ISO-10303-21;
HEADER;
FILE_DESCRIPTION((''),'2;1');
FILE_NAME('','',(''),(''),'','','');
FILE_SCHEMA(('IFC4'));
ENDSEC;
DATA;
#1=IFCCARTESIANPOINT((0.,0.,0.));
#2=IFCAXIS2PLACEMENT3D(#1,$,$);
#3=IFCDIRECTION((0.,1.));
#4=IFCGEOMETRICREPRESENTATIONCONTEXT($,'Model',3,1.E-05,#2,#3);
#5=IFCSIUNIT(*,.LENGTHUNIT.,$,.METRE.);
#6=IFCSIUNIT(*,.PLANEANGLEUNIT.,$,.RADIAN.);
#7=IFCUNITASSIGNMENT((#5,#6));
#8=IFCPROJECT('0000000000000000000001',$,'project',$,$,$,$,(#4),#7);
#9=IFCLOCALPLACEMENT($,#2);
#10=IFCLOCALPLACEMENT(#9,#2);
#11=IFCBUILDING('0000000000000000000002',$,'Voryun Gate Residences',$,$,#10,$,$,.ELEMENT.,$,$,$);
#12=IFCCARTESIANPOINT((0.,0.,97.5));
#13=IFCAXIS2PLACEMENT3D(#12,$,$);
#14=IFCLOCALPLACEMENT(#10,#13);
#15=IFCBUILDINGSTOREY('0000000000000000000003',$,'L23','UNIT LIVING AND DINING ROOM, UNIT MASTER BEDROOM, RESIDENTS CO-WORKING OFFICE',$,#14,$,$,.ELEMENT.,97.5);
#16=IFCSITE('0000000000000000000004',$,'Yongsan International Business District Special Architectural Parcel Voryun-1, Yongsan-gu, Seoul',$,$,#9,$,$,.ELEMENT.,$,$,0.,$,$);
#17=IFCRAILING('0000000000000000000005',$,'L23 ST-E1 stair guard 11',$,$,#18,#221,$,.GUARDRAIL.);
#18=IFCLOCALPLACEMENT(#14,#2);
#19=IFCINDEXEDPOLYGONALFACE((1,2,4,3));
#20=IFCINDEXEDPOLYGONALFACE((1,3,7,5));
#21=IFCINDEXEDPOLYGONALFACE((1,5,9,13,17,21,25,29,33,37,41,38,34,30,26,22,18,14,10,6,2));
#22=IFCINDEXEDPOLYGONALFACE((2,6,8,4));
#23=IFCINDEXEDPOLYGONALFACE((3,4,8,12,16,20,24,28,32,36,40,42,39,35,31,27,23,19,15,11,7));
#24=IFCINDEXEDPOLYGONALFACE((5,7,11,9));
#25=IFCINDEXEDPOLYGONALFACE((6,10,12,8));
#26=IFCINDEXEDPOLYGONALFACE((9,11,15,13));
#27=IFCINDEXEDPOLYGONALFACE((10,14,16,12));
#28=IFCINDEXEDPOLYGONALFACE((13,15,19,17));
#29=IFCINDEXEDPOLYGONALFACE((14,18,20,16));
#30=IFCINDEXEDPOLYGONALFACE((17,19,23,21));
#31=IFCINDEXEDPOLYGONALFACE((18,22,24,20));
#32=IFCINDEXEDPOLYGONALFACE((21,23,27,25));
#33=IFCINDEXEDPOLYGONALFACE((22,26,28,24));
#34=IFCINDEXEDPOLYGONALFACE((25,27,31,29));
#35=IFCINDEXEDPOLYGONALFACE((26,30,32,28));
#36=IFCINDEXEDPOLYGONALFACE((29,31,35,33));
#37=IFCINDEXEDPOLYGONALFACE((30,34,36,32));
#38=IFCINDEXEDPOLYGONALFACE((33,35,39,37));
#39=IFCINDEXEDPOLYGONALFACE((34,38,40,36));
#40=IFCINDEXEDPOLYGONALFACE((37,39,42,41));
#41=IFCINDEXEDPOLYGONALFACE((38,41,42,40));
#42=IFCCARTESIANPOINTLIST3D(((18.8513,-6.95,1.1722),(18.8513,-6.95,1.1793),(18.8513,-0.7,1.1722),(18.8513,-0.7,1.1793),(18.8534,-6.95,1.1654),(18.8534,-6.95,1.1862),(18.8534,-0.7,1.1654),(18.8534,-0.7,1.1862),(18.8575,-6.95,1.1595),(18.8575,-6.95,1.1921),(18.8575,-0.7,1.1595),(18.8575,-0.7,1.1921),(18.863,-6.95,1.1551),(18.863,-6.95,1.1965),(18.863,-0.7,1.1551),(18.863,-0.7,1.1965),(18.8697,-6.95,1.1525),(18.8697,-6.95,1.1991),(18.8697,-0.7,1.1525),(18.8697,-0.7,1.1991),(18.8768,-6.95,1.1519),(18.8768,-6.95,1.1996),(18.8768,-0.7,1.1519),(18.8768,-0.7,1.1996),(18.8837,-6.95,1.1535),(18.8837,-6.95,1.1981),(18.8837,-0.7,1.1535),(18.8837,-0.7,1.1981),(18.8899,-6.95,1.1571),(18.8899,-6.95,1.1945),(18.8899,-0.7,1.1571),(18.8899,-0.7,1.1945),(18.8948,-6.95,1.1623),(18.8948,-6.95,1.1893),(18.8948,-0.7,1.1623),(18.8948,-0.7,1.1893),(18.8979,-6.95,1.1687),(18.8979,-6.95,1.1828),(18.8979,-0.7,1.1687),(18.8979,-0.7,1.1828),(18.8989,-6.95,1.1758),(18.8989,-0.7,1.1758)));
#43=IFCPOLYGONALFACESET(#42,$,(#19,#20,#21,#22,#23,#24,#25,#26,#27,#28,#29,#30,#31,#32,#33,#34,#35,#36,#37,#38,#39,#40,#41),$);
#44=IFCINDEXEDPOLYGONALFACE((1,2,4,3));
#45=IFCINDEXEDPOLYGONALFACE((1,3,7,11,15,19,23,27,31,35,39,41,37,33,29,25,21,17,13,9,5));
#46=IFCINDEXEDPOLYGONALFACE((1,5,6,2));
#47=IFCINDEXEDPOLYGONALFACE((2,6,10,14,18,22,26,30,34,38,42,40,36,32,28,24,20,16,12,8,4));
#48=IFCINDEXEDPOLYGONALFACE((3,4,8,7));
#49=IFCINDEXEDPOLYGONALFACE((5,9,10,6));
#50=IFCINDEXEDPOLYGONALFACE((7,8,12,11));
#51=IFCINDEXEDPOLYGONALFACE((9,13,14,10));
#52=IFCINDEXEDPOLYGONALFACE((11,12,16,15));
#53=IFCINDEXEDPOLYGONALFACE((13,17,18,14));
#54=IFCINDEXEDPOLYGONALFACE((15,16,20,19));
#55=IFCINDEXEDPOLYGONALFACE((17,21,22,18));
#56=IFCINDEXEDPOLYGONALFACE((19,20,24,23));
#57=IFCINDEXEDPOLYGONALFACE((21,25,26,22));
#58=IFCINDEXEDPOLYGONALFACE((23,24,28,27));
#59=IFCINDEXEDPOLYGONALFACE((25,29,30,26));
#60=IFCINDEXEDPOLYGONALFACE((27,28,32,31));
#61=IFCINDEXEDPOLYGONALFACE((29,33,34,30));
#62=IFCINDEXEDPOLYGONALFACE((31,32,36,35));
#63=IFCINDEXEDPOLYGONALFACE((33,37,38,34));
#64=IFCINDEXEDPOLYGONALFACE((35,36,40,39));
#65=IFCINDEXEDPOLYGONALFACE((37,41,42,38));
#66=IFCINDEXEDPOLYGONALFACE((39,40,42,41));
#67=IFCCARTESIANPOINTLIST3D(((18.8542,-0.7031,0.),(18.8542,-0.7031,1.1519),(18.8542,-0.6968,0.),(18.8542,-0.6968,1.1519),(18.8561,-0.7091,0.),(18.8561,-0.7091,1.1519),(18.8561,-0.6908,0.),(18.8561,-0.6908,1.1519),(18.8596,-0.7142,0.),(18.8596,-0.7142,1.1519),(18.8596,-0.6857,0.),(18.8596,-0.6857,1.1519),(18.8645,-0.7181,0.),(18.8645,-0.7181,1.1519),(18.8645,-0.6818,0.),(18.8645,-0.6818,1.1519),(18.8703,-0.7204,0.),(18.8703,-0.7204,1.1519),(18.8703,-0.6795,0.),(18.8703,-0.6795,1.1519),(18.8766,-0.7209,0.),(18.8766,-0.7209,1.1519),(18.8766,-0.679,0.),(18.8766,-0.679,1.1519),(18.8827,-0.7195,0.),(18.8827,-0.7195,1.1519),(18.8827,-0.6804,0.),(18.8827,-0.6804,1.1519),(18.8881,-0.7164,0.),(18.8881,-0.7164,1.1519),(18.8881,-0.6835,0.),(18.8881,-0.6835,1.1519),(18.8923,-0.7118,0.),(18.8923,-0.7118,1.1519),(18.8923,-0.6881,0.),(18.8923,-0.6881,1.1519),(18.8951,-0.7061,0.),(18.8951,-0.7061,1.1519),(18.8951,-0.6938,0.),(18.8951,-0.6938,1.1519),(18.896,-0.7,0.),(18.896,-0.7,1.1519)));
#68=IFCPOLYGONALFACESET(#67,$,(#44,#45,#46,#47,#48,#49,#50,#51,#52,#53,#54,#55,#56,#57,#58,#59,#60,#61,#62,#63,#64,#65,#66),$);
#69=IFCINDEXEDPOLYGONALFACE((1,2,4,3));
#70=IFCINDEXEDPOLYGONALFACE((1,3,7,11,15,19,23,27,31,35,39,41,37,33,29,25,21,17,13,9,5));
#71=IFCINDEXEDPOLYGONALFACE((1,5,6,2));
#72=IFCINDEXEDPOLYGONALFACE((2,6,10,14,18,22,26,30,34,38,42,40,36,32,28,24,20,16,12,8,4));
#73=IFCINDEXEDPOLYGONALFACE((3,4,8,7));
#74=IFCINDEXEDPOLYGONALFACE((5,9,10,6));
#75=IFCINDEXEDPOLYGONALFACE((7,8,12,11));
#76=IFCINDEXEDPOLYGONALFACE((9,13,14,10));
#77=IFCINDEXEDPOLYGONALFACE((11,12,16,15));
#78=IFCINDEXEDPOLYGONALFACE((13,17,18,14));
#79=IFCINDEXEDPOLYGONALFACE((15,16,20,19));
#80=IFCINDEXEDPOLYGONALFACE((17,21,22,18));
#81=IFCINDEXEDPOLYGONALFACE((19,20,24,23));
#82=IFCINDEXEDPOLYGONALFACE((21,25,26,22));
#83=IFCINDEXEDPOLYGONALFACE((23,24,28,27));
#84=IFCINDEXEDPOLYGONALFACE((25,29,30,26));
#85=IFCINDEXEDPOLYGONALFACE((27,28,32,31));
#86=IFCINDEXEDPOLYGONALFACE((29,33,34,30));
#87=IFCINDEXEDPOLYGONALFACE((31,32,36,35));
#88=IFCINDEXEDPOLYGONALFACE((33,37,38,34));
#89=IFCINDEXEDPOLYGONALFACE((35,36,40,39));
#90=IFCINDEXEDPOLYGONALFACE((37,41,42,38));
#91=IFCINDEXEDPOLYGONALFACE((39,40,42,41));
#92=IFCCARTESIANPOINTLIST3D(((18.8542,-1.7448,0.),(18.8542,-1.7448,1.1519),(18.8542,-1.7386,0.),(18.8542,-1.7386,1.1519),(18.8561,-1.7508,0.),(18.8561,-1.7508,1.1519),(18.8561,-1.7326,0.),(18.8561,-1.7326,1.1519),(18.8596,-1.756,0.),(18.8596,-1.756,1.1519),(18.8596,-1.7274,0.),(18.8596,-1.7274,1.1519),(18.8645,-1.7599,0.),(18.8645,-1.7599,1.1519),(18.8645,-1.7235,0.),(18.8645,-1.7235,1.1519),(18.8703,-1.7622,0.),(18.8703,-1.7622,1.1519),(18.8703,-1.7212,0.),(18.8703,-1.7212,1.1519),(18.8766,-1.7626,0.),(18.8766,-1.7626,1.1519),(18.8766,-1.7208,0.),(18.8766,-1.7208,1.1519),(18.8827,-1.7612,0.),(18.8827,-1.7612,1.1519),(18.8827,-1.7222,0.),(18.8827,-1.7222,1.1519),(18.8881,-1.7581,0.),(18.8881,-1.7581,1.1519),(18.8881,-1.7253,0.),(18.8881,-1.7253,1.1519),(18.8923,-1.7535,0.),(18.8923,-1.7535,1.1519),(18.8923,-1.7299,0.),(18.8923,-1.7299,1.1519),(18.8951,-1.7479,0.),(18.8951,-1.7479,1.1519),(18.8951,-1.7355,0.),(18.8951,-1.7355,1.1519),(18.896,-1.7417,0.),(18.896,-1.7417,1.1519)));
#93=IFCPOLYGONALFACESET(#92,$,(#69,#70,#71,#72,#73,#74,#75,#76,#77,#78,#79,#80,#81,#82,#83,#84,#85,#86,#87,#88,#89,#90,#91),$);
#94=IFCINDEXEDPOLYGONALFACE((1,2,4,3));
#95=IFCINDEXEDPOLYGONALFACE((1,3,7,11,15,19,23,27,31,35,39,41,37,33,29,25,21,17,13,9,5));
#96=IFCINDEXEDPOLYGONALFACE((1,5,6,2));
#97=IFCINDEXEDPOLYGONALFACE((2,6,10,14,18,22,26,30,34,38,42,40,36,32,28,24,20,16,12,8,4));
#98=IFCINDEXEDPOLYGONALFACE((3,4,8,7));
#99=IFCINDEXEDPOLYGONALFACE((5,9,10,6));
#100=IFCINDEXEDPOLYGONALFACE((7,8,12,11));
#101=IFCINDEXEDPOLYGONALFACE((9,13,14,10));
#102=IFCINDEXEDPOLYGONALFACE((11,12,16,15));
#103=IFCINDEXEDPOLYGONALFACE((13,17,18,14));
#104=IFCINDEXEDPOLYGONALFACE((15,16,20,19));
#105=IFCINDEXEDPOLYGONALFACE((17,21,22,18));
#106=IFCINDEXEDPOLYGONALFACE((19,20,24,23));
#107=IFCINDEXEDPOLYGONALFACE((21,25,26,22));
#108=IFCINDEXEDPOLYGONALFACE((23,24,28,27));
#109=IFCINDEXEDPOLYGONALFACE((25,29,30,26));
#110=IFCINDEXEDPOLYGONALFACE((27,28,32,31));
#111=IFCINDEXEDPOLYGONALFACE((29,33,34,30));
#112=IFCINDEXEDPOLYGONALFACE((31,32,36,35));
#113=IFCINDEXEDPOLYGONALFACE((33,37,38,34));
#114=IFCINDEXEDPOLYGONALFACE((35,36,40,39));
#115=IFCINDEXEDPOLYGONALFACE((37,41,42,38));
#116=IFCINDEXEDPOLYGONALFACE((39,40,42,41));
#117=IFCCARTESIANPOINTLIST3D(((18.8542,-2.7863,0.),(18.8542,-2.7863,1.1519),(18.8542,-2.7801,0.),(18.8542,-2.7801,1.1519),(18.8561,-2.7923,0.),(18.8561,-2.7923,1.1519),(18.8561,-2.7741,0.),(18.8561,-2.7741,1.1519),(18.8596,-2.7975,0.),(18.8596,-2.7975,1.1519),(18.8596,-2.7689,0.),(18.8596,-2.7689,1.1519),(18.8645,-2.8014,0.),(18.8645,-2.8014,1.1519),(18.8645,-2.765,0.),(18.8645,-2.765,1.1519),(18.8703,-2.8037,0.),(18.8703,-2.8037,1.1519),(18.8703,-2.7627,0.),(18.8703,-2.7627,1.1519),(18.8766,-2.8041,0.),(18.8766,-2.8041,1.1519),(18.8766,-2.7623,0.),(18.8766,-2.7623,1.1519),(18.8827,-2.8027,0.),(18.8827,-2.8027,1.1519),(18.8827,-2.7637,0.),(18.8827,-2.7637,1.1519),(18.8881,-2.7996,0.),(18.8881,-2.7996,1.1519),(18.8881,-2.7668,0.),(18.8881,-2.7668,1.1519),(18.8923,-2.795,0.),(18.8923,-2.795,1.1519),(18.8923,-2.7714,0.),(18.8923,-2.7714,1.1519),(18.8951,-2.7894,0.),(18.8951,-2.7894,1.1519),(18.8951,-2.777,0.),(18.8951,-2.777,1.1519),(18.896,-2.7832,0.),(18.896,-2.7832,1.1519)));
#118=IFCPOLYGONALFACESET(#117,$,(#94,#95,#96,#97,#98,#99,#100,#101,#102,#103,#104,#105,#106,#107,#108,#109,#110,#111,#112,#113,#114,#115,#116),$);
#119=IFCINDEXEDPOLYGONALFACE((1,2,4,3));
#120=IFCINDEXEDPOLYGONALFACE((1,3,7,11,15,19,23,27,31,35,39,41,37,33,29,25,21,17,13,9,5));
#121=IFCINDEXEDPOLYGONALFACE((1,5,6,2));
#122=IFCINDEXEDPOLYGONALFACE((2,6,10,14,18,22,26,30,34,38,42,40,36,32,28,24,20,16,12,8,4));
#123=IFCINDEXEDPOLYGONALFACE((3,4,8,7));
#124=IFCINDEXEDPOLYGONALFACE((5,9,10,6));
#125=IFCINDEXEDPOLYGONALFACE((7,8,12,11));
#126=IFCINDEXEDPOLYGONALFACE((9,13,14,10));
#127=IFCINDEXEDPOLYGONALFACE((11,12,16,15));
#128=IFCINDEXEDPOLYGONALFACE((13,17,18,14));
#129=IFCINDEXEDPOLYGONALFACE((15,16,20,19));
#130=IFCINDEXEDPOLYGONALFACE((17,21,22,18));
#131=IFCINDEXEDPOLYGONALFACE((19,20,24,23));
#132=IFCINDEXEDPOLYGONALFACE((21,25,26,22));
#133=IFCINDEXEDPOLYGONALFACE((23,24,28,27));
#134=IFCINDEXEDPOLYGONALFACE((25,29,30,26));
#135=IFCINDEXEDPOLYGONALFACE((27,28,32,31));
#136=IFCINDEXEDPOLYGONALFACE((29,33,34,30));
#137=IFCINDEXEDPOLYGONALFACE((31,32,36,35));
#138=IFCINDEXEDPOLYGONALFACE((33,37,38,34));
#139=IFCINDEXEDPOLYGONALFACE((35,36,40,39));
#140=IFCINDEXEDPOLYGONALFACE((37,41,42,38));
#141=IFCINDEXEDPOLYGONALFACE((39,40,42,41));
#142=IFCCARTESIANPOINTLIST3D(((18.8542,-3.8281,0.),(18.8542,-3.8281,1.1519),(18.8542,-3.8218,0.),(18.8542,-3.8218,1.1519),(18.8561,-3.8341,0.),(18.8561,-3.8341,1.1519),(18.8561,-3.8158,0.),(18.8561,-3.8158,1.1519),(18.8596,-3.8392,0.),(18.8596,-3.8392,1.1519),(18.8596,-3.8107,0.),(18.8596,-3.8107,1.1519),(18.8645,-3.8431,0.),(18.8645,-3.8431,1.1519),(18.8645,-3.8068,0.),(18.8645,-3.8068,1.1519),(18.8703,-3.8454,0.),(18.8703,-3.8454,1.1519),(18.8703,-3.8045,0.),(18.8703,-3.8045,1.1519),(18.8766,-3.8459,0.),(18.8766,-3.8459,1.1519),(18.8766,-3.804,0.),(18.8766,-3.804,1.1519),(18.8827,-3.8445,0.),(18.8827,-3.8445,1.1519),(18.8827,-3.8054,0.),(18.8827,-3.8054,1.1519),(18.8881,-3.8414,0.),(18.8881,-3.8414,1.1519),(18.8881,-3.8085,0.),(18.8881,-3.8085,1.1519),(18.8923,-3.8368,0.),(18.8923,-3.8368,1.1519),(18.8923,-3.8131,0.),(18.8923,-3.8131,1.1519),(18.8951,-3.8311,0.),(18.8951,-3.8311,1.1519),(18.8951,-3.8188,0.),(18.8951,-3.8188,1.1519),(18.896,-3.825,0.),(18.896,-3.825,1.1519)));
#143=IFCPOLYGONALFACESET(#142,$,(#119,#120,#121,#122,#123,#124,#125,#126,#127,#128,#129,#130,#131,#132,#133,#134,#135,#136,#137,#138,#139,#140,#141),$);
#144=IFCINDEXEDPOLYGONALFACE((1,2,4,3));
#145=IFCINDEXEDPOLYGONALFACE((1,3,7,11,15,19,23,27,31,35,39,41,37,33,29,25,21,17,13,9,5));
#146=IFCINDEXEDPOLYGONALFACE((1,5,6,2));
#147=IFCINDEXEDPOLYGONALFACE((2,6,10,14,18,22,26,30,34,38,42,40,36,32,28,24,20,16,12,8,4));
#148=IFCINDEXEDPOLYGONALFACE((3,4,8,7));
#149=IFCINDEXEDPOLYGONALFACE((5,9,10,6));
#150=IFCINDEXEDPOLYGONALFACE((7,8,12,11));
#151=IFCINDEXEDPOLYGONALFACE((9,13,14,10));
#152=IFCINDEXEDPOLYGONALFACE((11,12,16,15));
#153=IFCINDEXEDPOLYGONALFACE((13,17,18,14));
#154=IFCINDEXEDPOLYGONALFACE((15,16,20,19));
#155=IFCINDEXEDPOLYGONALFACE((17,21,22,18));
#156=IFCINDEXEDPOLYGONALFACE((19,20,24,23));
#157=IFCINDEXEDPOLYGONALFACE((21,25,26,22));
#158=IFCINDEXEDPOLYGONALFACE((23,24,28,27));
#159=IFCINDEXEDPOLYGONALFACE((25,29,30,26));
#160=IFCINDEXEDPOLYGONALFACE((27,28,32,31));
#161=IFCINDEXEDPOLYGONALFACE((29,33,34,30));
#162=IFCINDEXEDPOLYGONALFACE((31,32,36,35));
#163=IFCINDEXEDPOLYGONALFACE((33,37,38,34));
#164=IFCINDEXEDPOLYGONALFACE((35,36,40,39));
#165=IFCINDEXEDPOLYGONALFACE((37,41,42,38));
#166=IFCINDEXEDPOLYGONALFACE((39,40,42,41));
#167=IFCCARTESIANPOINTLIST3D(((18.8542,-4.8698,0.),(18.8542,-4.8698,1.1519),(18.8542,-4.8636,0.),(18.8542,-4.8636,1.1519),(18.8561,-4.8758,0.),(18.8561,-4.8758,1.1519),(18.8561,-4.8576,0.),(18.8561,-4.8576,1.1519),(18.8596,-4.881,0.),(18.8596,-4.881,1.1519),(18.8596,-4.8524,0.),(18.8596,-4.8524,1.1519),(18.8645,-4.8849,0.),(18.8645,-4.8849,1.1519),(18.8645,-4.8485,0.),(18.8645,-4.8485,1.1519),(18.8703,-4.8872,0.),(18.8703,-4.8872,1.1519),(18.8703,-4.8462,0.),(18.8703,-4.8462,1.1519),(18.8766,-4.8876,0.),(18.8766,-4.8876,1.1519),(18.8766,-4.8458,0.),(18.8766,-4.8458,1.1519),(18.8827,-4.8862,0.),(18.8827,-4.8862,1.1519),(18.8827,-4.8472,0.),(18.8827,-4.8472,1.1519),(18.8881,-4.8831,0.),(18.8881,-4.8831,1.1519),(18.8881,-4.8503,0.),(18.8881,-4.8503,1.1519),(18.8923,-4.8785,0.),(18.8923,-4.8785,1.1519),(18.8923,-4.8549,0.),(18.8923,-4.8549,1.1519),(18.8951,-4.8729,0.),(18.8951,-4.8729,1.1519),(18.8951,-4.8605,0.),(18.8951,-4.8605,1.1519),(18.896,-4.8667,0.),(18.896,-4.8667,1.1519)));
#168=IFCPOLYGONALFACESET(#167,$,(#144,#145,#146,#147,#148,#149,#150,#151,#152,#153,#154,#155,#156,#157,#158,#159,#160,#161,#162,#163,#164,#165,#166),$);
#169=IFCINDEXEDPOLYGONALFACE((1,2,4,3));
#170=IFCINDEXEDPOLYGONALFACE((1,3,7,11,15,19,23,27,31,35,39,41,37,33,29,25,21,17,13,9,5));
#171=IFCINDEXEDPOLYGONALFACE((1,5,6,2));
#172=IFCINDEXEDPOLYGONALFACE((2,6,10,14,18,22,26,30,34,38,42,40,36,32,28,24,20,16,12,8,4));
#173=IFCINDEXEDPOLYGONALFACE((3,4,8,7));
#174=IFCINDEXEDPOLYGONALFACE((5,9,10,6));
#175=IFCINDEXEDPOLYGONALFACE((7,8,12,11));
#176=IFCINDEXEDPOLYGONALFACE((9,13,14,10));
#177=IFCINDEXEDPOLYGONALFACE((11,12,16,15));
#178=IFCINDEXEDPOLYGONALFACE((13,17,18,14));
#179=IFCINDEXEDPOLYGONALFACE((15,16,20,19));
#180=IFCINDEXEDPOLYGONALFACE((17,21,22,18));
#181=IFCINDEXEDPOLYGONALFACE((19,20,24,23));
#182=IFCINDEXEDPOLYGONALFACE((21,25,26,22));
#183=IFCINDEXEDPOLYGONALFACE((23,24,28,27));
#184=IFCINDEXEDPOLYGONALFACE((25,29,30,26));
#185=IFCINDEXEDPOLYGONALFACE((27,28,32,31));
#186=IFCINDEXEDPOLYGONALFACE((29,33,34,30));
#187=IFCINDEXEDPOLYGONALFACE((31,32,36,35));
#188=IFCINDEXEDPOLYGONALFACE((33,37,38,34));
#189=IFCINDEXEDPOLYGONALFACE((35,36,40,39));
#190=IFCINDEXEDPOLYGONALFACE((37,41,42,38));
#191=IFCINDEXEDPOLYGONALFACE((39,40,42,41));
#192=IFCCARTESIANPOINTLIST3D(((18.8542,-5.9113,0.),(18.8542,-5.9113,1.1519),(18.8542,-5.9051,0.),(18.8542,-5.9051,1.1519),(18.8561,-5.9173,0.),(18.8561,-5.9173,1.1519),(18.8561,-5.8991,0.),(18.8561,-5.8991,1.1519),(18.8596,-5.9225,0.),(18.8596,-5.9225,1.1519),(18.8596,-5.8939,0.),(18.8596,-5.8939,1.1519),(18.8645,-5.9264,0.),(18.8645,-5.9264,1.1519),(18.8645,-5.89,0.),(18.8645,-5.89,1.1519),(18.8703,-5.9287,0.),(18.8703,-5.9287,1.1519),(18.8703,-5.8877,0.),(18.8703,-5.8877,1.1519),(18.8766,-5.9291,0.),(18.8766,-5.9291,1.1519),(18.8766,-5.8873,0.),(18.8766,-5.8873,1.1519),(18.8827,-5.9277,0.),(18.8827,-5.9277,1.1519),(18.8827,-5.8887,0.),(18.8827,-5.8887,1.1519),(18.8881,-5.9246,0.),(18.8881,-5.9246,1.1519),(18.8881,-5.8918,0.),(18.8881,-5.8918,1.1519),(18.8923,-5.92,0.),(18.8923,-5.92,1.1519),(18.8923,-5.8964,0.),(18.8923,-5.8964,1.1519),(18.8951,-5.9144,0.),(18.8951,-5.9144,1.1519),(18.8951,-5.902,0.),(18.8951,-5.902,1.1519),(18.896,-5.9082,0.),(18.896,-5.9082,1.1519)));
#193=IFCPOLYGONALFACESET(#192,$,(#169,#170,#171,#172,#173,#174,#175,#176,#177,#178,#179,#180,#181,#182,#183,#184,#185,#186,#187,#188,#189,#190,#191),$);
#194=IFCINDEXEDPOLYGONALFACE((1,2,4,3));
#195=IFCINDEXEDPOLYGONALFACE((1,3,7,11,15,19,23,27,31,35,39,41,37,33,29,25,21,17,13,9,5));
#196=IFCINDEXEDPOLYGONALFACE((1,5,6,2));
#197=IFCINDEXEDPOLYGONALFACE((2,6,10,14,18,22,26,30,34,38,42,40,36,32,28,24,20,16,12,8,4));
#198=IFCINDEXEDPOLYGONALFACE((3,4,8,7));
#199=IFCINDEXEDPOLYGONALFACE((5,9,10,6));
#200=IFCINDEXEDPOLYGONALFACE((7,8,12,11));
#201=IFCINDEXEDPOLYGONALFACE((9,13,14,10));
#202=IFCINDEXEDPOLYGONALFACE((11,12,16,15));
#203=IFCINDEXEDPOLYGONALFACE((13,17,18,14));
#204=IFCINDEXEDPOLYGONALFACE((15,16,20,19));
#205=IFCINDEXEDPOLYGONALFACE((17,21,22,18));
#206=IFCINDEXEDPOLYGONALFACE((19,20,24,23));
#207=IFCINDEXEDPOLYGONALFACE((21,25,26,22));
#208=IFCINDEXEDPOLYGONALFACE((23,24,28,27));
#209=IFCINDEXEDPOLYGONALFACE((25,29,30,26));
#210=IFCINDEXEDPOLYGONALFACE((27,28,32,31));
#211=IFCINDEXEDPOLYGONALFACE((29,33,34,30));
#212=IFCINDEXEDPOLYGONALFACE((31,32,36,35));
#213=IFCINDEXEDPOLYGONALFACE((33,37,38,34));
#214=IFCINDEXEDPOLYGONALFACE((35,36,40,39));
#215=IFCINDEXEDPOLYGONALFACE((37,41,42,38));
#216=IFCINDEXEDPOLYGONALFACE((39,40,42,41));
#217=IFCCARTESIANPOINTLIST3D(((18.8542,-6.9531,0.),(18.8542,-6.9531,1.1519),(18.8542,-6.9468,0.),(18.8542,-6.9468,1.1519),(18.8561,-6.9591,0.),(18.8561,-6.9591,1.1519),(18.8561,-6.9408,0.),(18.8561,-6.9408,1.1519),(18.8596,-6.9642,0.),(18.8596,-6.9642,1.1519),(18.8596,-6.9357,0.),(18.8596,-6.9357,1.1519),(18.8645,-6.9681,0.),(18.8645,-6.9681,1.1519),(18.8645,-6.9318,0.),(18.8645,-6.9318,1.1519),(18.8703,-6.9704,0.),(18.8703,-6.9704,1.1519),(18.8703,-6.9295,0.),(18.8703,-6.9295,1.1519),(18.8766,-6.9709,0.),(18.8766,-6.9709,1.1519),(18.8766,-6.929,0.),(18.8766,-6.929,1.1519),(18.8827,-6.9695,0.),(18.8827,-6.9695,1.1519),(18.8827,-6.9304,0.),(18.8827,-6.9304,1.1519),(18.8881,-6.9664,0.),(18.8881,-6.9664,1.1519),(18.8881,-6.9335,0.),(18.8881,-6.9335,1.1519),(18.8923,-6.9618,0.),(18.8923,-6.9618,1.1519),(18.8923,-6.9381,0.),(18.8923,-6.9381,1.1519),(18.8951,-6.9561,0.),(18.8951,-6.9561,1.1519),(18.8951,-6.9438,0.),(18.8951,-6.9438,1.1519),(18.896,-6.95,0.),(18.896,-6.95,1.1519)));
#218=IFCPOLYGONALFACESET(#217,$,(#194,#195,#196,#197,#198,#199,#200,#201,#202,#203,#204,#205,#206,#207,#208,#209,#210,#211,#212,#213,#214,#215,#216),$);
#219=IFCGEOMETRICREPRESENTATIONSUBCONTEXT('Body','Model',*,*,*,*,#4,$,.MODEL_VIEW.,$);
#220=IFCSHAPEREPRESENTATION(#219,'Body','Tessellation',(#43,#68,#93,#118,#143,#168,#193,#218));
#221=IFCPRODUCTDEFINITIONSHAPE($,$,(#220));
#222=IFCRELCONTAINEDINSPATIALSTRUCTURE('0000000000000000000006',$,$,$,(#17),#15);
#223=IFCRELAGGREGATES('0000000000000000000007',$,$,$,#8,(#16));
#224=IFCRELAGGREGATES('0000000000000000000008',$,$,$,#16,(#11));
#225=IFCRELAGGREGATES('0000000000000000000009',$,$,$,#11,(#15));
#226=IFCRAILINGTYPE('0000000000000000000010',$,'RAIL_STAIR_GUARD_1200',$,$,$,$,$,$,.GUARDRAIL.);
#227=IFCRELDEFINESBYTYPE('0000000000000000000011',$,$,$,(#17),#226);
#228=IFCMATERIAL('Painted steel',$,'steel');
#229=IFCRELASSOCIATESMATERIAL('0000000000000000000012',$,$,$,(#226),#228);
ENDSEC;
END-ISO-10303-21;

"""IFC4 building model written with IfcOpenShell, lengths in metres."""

from ifc_helpers import new_model, si_unit, direction, frame, origin, origin_2d, place, context, subcontext, project, spatial, circle, extrude, material, type_object, element, save


model = new_model("IFC4")

# Units and contexts
model_context = context("Model", 3, precision=1e-05, world=origin(), true_north=direction((0.0, 1.0)))
body_context = subcontext(model_context, "Body", "Model", "MODEL_VIEW")
ifc_project = project(units=[si_unit("LENGTHUNIT", "METRE"), si_unit("PLANEANGLEUNIT", "RADIAN")], contexts=[model_context])

# Site, building, storey
site_placement = place(None, origin())
site = spatial("IfcSite", under=ifc_project, at=site_placement, Name="Yongsan International Business District Special Architectural Parcel Voryun-1, Yongsan-gu, Seoul", CompositionType="ELEMENT", RefElevation=0.0)
building_placement = place(site_placement, origin())
building = spatial("IfcBuilding", under=site, at=building_placement, Name="Voryun Gate Residences", CompositionType="ELEMENT")
storey_placement = place(building_placement, frame((0.0, 0.0, 97.5)))
storey = spatial("IfcBuildingStorey", under=building, at=storey_placement, Name="L23", Description="UNIT LIVING AND DINING ROOM, UNIT MASTER BEDROOM, RESIDENTS CO-WORKING OFFICE", CompositionType="ELEMENT", Elevation=97.5)

# Railing
ifc_material_1 = material(Name="Painted steel", Category="steel")
railing_type = type_object("IfcRailingType", Name="RAIL_STAIR_GUARD_1200", PredefinedType="GUARDRAIL", material=ifc_material_1)
railing_1_placement = place(storey_placement, frame((18.875, -0.7, 0.0)))
element("IfcRailing", 1, at=railing_1_placement, inside=storey, type_object=railing_type, Name="L23 ST-E1 stair guard 11", PredefinedType="GUARDRAIL", context=body_context, shape_type="SweptSolid", body=[
    extrude(circle(Radius=0.0239, at=origin_2d()), frame((0.0, 0.0, 1.1758), z_axis=(0.0, -1.0, 0.0), x_axis=(1.0, 0.0, 0.0)), (0.0, 0.0, 1.0), 6.25),
    extrude(circle(Radius=0.021, at=origin_2d()), origin(), (0.0, 0.0, 1.0), 1.1519),
    extrude(circle(Radius=0.021, at=origin_2d()), frame((0.0, -1.0417, 0.0)), (0.0, 0.0, 1.0), 1.1519),
    extrude(circle(Radius=0.021, at=origin_2d()), frame((0.0, -2.0833, 0.0)), (0.0, 0.0, 1.0), 1.1519),
    extrude(circle(Radius=0.021, at=origin_2d()), frame((0.0, -3.125, 0.0)), (0.0, 0.0, 1.0), 1.1519),
    extrude(circle(Radius=0.021, at=origin_2d()), frame((0.0, -4.1667, 0.0)), (0.0, 0.0, 1.0), 1.1519),
    extrude(circle(Radius=0.021, at=origin_2d()), frame((0.0, -5.2083, 0.0)), (0.0, 0.0, 1.0), 1.1519),
    extrude(circle(Radius=0.021, at=origin_2d()), frame((0.0, -6.25, 0.0)), (0.0, 0.0, 1.0), 1.1519),
])

save(model, "model.ifc")
